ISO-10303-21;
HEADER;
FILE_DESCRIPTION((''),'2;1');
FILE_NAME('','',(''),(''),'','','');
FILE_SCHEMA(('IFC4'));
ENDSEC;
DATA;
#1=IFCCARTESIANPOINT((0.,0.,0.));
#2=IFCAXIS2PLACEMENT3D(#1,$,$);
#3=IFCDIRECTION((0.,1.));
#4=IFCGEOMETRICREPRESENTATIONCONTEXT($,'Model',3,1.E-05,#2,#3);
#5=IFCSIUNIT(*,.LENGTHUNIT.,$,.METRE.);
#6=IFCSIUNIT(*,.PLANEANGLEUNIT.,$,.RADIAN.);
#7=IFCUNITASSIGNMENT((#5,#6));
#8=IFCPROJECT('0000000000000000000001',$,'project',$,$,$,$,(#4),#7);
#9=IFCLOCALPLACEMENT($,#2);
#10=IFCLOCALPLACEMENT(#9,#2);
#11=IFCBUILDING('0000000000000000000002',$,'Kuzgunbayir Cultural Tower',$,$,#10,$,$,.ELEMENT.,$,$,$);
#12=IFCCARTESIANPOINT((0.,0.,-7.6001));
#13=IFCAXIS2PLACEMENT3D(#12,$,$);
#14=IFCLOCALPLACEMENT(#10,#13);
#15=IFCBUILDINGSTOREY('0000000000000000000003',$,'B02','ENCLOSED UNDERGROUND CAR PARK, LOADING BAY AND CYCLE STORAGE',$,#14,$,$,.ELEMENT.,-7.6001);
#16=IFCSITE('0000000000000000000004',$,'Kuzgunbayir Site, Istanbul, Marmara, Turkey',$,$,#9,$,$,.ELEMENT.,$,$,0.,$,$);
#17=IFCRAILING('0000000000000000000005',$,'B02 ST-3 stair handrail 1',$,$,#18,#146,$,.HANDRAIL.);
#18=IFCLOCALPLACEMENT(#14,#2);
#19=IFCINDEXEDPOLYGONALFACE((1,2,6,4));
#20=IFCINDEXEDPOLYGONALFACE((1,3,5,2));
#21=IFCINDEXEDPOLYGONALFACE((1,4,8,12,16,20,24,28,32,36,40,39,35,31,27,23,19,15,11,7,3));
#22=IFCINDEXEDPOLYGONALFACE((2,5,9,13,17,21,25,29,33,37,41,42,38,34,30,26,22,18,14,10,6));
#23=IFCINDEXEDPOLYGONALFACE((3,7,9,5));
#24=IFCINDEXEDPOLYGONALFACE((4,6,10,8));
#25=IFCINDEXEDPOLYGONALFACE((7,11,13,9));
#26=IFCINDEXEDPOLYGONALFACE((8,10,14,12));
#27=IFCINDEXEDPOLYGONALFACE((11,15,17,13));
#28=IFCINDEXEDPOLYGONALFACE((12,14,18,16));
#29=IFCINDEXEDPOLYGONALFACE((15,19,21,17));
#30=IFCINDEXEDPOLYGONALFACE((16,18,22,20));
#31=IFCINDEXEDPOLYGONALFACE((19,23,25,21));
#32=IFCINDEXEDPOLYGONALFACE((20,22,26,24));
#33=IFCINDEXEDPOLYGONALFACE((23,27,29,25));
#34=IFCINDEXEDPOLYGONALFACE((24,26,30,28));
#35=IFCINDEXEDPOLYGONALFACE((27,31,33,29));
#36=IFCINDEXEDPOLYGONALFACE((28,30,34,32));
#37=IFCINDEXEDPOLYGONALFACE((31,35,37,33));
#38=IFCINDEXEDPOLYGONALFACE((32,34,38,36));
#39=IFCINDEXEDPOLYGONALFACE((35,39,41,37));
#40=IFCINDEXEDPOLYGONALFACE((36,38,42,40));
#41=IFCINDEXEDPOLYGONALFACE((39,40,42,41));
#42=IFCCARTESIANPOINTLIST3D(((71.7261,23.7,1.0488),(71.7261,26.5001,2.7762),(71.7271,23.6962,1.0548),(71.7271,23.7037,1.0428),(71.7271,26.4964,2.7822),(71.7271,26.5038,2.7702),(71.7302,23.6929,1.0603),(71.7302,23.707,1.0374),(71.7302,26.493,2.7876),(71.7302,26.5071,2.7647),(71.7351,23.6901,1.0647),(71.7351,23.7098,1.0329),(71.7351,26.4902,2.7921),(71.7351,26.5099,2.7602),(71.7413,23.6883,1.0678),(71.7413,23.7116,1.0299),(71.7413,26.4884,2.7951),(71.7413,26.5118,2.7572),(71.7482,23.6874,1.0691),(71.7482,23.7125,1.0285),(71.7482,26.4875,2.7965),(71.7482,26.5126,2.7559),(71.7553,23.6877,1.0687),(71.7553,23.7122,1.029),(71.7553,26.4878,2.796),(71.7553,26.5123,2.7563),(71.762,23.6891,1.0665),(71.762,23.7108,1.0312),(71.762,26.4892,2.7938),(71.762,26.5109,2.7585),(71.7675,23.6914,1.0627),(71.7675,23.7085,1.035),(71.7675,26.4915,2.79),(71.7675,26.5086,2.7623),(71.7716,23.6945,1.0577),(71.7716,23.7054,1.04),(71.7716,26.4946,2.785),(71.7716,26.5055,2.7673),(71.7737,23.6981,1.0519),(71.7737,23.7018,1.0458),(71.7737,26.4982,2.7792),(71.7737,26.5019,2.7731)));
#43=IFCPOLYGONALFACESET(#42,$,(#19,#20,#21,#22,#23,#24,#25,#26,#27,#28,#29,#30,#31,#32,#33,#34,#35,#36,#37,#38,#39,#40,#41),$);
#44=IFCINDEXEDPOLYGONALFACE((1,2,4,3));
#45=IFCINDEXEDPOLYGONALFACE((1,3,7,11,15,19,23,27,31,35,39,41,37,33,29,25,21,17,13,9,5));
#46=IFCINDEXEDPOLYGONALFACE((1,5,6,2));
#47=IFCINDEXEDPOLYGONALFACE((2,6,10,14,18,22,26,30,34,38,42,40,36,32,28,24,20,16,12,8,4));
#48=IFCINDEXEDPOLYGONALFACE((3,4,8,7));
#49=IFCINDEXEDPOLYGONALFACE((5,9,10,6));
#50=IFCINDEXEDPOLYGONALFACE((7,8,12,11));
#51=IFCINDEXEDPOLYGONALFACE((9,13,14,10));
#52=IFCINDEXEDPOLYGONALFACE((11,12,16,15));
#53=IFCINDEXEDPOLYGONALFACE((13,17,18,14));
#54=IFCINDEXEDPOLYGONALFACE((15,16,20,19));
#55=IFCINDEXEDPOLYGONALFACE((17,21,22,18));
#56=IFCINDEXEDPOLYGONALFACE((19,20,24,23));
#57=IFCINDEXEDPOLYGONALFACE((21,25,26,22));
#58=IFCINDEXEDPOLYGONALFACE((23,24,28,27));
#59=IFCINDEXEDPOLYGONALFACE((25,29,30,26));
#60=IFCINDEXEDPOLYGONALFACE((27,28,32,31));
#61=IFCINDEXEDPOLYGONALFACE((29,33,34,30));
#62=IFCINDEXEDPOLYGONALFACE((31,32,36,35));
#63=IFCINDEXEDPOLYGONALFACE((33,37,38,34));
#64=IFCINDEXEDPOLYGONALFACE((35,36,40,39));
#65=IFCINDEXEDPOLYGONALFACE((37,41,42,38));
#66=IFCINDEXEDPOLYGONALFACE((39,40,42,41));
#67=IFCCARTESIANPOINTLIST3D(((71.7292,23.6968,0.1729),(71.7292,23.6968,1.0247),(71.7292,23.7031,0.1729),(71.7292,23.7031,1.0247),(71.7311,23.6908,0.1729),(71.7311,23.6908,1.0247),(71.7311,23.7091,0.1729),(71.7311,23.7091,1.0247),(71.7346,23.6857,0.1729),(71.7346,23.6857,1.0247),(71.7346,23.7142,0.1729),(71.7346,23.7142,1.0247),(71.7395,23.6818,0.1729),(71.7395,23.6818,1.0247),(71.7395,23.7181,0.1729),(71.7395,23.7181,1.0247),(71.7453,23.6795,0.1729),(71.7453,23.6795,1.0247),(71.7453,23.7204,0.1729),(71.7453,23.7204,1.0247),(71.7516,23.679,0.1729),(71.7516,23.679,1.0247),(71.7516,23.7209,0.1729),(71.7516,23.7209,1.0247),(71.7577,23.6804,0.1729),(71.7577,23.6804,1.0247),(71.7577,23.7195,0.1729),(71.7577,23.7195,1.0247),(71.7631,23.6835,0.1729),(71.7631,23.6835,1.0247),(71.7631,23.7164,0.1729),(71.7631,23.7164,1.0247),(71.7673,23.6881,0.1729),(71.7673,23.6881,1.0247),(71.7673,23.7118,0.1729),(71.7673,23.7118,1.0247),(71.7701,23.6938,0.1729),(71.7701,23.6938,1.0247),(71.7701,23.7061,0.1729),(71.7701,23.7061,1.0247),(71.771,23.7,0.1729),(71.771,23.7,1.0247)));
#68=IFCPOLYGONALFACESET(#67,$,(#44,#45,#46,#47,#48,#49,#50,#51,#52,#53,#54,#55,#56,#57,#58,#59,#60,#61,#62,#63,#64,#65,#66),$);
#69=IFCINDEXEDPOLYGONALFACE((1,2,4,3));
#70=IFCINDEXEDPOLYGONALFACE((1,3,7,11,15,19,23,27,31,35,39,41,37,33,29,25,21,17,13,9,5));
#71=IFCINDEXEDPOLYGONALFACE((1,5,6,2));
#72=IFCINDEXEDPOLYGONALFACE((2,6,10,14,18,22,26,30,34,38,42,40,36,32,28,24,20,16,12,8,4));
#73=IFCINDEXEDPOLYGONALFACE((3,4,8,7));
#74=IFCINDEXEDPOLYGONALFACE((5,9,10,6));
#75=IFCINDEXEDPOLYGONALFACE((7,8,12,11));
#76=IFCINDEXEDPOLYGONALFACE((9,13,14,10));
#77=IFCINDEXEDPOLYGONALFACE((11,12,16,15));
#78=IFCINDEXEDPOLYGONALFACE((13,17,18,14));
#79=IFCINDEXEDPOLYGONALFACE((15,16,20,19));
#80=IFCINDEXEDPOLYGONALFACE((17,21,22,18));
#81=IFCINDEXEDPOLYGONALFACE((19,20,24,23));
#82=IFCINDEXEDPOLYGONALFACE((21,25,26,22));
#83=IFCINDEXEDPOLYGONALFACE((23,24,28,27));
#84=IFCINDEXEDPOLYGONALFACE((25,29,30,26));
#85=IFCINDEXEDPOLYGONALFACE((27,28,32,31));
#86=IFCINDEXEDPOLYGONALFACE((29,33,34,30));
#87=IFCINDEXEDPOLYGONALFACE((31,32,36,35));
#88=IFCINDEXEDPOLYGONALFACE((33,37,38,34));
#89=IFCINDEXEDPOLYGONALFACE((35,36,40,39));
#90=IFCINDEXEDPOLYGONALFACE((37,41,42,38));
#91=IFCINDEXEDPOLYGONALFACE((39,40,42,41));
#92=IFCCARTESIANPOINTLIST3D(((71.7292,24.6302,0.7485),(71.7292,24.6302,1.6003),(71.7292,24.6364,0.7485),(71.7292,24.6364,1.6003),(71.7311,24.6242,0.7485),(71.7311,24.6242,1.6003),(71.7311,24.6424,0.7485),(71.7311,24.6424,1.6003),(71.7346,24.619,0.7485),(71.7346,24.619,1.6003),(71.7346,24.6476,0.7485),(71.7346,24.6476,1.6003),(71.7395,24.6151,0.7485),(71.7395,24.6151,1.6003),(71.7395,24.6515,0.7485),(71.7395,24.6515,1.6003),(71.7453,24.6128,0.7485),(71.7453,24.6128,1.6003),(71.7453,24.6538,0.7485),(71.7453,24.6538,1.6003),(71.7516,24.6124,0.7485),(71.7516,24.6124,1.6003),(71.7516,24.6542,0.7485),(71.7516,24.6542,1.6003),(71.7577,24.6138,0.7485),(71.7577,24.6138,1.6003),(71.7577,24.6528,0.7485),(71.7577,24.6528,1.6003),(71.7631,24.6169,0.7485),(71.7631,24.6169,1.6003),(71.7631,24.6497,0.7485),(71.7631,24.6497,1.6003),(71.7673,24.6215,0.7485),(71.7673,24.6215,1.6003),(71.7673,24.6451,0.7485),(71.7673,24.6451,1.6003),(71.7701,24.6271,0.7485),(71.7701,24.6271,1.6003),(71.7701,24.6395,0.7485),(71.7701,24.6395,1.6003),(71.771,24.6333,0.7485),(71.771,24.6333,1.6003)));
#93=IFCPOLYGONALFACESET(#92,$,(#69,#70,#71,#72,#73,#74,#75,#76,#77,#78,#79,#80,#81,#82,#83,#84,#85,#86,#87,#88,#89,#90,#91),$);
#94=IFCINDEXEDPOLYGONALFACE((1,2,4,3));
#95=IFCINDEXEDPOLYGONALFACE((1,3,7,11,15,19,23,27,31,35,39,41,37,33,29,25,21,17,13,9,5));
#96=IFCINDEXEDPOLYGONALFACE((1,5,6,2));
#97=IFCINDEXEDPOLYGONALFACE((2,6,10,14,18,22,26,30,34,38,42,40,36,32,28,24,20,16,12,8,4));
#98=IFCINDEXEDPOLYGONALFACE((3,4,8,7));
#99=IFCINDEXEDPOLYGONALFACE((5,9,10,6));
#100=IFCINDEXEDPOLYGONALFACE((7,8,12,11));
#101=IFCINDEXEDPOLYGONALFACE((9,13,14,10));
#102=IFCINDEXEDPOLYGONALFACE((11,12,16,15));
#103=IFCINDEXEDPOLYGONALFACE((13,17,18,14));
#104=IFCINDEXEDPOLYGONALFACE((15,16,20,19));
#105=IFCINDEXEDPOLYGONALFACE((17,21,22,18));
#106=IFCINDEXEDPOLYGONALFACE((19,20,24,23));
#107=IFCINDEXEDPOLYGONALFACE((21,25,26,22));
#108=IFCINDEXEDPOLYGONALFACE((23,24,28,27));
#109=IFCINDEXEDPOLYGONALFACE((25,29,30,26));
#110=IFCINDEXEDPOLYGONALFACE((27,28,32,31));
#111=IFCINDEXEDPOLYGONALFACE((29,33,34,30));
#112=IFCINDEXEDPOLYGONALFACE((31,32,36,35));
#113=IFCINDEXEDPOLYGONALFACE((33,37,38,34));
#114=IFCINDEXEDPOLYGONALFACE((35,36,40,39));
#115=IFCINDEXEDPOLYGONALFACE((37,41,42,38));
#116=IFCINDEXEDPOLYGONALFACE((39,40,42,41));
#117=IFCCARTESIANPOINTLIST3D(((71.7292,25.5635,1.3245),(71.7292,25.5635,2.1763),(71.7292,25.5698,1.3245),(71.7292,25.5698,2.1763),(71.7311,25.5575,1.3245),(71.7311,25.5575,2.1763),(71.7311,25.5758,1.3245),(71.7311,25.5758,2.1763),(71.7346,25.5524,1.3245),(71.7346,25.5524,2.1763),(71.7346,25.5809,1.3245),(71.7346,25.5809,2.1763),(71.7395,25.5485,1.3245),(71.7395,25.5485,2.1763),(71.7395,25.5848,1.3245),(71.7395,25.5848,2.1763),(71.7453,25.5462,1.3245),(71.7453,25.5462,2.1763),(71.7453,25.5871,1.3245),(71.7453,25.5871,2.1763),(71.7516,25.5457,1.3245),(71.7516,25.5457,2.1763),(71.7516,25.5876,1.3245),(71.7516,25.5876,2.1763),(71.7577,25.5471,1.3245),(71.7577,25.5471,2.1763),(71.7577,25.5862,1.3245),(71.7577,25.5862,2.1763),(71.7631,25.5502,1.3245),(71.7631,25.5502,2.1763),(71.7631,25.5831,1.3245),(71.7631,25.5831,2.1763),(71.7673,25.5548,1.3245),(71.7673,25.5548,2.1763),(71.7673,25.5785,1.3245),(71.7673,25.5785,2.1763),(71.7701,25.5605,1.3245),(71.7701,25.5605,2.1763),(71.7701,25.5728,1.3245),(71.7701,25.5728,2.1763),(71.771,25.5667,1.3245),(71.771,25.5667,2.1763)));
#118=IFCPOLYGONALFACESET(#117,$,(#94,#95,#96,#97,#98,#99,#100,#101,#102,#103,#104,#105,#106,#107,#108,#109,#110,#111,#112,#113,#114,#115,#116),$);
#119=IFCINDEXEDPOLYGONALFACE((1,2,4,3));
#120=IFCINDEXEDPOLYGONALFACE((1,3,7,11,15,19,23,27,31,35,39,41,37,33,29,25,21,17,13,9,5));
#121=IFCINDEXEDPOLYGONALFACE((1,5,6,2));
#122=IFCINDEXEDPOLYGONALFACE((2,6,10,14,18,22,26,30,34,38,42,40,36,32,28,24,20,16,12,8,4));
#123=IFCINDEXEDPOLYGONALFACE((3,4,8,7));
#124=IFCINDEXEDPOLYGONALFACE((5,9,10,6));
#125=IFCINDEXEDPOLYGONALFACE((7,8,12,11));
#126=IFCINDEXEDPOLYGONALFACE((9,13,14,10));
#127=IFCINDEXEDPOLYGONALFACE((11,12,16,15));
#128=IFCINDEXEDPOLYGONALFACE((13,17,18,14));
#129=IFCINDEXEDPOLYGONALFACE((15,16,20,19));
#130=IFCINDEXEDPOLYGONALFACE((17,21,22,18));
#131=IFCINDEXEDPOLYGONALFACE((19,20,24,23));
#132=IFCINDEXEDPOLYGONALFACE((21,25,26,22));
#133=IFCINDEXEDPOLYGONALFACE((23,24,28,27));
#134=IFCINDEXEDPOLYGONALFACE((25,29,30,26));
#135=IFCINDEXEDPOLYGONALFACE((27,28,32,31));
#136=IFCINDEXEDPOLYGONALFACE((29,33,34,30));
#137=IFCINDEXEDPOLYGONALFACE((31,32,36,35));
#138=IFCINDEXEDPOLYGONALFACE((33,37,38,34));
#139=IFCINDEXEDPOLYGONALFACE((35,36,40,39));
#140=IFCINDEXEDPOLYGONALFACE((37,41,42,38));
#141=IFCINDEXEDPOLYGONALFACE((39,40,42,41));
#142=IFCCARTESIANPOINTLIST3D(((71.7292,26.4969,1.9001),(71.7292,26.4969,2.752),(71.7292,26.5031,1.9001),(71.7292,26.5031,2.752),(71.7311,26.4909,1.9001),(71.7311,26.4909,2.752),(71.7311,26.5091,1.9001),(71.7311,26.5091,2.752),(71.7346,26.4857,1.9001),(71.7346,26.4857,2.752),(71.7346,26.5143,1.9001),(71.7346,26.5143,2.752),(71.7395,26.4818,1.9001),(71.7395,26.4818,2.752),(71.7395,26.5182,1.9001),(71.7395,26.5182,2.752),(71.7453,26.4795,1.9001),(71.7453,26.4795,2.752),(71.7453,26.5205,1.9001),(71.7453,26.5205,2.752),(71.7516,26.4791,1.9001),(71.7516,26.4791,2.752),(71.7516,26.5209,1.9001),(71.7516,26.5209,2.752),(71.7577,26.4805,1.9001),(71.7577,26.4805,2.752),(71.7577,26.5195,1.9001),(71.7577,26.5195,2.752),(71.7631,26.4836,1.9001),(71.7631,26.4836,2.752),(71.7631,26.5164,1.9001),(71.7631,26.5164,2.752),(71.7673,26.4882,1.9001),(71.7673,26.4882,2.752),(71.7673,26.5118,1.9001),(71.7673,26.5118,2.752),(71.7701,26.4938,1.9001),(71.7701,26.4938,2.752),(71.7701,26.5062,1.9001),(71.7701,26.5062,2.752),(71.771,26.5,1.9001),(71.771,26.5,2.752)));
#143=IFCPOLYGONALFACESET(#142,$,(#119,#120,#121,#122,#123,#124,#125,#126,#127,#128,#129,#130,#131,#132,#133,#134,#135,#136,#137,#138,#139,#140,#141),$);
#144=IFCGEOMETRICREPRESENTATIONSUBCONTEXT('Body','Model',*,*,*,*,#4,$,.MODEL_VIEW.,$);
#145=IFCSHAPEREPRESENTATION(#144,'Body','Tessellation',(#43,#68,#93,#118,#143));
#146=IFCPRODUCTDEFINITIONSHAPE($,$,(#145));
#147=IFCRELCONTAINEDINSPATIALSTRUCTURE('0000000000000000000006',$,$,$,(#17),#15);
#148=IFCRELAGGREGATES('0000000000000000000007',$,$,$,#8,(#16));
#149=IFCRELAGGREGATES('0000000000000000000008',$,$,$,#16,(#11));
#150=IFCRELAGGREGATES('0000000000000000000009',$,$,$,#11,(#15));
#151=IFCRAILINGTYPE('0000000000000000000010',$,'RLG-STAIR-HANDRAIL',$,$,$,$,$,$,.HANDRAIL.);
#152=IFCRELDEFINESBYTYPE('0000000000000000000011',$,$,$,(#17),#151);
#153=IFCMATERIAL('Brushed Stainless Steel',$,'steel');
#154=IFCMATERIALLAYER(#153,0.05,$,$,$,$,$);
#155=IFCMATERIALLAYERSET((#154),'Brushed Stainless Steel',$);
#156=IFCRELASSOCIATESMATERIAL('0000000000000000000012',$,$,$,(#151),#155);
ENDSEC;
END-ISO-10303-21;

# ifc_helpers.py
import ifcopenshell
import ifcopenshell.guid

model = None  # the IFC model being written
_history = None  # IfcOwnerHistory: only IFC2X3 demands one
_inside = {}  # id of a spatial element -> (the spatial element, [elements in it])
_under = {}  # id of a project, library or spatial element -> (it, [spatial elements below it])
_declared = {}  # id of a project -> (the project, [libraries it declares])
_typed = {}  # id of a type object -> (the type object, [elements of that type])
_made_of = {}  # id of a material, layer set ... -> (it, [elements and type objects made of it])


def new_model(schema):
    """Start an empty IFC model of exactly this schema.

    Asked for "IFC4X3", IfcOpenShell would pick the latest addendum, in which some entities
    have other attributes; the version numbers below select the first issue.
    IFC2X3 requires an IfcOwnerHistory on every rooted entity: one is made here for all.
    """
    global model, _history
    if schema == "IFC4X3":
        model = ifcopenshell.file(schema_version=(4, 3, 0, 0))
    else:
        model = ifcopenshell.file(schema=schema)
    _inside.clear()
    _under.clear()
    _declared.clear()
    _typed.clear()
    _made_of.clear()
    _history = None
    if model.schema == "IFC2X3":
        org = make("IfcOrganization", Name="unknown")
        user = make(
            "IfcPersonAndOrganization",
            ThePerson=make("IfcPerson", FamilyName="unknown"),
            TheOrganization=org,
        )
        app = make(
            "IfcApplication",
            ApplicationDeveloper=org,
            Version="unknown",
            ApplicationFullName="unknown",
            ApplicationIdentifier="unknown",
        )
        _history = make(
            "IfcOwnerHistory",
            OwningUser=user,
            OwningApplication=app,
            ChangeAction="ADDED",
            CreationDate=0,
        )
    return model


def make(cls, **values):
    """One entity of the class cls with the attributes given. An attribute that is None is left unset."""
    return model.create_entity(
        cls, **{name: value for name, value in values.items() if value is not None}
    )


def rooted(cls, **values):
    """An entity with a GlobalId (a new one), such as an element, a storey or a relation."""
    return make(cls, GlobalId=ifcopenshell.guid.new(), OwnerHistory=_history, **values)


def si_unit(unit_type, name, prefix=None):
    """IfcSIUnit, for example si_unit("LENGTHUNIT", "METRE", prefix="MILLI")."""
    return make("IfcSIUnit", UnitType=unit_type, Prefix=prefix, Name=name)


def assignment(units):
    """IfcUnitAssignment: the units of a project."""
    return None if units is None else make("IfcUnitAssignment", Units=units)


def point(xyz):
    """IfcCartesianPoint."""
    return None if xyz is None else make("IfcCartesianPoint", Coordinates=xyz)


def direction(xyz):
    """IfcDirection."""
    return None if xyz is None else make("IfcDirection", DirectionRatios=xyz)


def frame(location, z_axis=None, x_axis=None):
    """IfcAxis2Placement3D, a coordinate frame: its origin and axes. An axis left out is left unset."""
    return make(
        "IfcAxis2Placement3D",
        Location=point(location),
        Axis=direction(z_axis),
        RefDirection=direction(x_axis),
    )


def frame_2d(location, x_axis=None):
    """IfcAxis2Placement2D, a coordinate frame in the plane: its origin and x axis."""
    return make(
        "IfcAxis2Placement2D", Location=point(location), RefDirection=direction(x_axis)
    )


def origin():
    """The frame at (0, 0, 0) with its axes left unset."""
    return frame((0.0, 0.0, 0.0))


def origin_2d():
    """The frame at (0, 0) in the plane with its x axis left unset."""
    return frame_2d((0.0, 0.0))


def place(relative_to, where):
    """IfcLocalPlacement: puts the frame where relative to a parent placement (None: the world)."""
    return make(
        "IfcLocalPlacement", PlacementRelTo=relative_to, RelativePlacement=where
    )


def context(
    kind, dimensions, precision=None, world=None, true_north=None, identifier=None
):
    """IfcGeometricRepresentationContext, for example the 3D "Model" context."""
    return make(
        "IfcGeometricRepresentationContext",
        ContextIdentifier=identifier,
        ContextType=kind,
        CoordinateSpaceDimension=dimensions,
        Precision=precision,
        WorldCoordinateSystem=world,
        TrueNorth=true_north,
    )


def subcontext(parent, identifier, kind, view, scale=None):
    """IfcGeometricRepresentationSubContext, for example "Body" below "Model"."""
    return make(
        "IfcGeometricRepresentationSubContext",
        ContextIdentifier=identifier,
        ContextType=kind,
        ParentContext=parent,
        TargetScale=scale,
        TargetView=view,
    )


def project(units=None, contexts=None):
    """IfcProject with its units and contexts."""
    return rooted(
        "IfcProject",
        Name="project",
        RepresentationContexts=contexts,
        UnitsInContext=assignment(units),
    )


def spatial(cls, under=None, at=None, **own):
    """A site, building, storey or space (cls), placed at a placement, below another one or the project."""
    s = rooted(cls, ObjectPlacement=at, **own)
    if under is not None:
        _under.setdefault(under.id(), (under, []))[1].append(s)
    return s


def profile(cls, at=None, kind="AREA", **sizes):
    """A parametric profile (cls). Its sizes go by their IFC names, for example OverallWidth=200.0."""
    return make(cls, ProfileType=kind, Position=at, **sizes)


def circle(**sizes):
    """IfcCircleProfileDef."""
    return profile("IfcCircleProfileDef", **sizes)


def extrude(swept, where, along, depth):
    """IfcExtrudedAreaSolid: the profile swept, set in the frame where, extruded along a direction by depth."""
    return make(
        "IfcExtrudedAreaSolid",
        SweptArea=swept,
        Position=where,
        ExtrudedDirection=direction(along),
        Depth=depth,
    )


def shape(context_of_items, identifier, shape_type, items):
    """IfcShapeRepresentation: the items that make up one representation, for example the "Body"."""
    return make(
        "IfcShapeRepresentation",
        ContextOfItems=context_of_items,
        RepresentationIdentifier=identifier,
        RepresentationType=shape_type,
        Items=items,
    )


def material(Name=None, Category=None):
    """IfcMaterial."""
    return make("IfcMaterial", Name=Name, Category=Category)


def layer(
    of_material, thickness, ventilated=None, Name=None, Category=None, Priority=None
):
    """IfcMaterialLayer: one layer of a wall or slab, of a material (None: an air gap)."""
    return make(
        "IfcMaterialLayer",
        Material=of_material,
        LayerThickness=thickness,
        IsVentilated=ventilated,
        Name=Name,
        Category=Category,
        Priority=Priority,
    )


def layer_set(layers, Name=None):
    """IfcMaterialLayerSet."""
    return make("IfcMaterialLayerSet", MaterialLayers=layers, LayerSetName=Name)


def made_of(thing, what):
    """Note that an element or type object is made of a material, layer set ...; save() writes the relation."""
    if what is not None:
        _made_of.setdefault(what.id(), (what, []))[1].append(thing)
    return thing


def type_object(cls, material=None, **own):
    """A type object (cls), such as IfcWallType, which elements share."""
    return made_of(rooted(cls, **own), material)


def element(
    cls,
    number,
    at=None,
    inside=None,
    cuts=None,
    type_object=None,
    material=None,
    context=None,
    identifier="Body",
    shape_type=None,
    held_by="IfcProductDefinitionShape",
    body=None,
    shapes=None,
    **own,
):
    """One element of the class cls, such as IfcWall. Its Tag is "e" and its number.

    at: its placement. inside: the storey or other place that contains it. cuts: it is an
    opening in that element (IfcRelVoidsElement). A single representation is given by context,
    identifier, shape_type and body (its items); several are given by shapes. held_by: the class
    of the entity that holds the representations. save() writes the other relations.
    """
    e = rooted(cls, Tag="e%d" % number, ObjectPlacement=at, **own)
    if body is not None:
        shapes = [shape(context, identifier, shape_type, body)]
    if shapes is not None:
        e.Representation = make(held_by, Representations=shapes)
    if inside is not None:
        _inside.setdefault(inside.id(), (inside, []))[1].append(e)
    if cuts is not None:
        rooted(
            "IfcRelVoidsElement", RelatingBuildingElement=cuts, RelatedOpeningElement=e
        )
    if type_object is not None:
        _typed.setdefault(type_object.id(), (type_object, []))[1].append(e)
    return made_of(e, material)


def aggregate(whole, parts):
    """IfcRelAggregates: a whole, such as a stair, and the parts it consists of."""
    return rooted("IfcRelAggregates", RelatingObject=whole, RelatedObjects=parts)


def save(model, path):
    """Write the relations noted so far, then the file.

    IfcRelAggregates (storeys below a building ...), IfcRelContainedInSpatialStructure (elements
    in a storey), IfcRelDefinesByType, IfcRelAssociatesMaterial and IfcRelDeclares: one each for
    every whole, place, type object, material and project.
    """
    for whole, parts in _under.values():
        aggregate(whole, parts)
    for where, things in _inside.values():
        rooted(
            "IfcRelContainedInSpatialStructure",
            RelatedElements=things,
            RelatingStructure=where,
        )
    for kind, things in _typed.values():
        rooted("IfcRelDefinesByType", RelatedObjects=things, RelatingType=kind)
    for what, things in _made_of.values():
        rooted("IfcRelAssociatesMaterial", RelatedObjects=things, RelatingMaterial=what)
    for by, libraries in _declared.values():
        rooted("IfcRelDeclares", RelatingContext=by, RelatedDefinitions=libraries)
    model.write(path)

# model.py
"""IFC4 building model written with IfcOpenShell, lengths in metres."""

from ifc_helpers import new_model, si_unit, direction, frame, origin, origin_2d, place, context, subcontext, project, spatial, circle, extrude, material, layer, layer_set, type_object, element, save


model = new_model("IFC4")

# Units and contexts
model_context = context("Model", 3, precision=1e-05, world=origin(), true_north=direction((0.0, 1.0)))
body_context = subcontext(model_context, "Body", "Model", "MODEL_VIEW")
ifc_project = project(units=[si_unit("LENGTHUNIT", "METRE"), si_unit("PLANEANGLEUNIT", "RADIAN")], contexts=[model_context])

# Site, building, storey
site_placement = place(None, origin())
site = spatial("IfcSite", under=ifc_project, at=site_placement, Name="Kuzgunbayir Site, Istanbul, Marmara, Turkey", CompositionType="ELEMENT", RefElevation=0.0)
building_placement = place(site_placement, origin())
building = spatial("IfcBuilding", under=site, at=building_placement, Name="Kuzgunbayir Cultural Tower", CompositionType="ELEMENT")
storey_placement = place(building_placement, frame((0.0, 0.0, -7.6001)))
storey = spatial("IfcBuildingStorey", under=building, at=storey_placement, Name="B02", Description="ENCLOSED UNDERGROUND CAR PARK, LOADING BAY AND CYCLE STORAGE", CompositionType="ELEMENT", Elevation=-7.6001)

# Railing
ifc_material_1 = material(Name="Brushed Stainless Steel", Category="steel")
ifc_layer_1 = layer(ifc_material_1, 0.05)
ifc_layer_set_1 = layer_set([ifc_layer_1], Name="Brushed Stainless Steel")
railing_type_1 = type_object("IfcRailingType", Name="RLG-STAIR-HANDRAIL", PredefinedType="HANDRAIL", material=ifc_layer_set_1)
railing_1_placement = place(storey_placement, frame((71.75, 23.7, 0.1729)))
element("IfcRailing", 1, at=railing_1_placement, inside=storey, type_object=railing_type_1, Name="B02 ST-3 stair handrail 1", PredefinedType="HANDRAIL", context=body_context, shape_type="SweptSolid", body=[
    extrude(circle(Radius=0.0239, at=origin_2d()), frame((0.0, 0.0, 0.876), z_axis=(0.0, 0.85109, 0.52502), x_axis=(-1.0, 0.0, 0.0)), (0.0, 0.0, 1.0), 3.29),
    extrude(circle(Radius=0.021, at=origin_2d()), origin(), (0.0, 0.0, 1.0), 0.8518),
    extrude(circle(Radius=0.021, at=origin_2d()), frame((0.0, 0.9333, 0.5757)), (0.0, 0.0, 1.0), 0.8518),
    extrude(circle(Radius=0.021, at=origin_2d()), frame((0.0, 1.8667, 1.1516)), (0.0, 0.0, 1.0), 0.8518),
    extrude(circle(Radius=0.021, at=origin_2d()), frame((0.0, 2.8, 1.7273)), (0.0, 0.0, 1.0), 0.8518),
])

save(model, "model.ifc")
